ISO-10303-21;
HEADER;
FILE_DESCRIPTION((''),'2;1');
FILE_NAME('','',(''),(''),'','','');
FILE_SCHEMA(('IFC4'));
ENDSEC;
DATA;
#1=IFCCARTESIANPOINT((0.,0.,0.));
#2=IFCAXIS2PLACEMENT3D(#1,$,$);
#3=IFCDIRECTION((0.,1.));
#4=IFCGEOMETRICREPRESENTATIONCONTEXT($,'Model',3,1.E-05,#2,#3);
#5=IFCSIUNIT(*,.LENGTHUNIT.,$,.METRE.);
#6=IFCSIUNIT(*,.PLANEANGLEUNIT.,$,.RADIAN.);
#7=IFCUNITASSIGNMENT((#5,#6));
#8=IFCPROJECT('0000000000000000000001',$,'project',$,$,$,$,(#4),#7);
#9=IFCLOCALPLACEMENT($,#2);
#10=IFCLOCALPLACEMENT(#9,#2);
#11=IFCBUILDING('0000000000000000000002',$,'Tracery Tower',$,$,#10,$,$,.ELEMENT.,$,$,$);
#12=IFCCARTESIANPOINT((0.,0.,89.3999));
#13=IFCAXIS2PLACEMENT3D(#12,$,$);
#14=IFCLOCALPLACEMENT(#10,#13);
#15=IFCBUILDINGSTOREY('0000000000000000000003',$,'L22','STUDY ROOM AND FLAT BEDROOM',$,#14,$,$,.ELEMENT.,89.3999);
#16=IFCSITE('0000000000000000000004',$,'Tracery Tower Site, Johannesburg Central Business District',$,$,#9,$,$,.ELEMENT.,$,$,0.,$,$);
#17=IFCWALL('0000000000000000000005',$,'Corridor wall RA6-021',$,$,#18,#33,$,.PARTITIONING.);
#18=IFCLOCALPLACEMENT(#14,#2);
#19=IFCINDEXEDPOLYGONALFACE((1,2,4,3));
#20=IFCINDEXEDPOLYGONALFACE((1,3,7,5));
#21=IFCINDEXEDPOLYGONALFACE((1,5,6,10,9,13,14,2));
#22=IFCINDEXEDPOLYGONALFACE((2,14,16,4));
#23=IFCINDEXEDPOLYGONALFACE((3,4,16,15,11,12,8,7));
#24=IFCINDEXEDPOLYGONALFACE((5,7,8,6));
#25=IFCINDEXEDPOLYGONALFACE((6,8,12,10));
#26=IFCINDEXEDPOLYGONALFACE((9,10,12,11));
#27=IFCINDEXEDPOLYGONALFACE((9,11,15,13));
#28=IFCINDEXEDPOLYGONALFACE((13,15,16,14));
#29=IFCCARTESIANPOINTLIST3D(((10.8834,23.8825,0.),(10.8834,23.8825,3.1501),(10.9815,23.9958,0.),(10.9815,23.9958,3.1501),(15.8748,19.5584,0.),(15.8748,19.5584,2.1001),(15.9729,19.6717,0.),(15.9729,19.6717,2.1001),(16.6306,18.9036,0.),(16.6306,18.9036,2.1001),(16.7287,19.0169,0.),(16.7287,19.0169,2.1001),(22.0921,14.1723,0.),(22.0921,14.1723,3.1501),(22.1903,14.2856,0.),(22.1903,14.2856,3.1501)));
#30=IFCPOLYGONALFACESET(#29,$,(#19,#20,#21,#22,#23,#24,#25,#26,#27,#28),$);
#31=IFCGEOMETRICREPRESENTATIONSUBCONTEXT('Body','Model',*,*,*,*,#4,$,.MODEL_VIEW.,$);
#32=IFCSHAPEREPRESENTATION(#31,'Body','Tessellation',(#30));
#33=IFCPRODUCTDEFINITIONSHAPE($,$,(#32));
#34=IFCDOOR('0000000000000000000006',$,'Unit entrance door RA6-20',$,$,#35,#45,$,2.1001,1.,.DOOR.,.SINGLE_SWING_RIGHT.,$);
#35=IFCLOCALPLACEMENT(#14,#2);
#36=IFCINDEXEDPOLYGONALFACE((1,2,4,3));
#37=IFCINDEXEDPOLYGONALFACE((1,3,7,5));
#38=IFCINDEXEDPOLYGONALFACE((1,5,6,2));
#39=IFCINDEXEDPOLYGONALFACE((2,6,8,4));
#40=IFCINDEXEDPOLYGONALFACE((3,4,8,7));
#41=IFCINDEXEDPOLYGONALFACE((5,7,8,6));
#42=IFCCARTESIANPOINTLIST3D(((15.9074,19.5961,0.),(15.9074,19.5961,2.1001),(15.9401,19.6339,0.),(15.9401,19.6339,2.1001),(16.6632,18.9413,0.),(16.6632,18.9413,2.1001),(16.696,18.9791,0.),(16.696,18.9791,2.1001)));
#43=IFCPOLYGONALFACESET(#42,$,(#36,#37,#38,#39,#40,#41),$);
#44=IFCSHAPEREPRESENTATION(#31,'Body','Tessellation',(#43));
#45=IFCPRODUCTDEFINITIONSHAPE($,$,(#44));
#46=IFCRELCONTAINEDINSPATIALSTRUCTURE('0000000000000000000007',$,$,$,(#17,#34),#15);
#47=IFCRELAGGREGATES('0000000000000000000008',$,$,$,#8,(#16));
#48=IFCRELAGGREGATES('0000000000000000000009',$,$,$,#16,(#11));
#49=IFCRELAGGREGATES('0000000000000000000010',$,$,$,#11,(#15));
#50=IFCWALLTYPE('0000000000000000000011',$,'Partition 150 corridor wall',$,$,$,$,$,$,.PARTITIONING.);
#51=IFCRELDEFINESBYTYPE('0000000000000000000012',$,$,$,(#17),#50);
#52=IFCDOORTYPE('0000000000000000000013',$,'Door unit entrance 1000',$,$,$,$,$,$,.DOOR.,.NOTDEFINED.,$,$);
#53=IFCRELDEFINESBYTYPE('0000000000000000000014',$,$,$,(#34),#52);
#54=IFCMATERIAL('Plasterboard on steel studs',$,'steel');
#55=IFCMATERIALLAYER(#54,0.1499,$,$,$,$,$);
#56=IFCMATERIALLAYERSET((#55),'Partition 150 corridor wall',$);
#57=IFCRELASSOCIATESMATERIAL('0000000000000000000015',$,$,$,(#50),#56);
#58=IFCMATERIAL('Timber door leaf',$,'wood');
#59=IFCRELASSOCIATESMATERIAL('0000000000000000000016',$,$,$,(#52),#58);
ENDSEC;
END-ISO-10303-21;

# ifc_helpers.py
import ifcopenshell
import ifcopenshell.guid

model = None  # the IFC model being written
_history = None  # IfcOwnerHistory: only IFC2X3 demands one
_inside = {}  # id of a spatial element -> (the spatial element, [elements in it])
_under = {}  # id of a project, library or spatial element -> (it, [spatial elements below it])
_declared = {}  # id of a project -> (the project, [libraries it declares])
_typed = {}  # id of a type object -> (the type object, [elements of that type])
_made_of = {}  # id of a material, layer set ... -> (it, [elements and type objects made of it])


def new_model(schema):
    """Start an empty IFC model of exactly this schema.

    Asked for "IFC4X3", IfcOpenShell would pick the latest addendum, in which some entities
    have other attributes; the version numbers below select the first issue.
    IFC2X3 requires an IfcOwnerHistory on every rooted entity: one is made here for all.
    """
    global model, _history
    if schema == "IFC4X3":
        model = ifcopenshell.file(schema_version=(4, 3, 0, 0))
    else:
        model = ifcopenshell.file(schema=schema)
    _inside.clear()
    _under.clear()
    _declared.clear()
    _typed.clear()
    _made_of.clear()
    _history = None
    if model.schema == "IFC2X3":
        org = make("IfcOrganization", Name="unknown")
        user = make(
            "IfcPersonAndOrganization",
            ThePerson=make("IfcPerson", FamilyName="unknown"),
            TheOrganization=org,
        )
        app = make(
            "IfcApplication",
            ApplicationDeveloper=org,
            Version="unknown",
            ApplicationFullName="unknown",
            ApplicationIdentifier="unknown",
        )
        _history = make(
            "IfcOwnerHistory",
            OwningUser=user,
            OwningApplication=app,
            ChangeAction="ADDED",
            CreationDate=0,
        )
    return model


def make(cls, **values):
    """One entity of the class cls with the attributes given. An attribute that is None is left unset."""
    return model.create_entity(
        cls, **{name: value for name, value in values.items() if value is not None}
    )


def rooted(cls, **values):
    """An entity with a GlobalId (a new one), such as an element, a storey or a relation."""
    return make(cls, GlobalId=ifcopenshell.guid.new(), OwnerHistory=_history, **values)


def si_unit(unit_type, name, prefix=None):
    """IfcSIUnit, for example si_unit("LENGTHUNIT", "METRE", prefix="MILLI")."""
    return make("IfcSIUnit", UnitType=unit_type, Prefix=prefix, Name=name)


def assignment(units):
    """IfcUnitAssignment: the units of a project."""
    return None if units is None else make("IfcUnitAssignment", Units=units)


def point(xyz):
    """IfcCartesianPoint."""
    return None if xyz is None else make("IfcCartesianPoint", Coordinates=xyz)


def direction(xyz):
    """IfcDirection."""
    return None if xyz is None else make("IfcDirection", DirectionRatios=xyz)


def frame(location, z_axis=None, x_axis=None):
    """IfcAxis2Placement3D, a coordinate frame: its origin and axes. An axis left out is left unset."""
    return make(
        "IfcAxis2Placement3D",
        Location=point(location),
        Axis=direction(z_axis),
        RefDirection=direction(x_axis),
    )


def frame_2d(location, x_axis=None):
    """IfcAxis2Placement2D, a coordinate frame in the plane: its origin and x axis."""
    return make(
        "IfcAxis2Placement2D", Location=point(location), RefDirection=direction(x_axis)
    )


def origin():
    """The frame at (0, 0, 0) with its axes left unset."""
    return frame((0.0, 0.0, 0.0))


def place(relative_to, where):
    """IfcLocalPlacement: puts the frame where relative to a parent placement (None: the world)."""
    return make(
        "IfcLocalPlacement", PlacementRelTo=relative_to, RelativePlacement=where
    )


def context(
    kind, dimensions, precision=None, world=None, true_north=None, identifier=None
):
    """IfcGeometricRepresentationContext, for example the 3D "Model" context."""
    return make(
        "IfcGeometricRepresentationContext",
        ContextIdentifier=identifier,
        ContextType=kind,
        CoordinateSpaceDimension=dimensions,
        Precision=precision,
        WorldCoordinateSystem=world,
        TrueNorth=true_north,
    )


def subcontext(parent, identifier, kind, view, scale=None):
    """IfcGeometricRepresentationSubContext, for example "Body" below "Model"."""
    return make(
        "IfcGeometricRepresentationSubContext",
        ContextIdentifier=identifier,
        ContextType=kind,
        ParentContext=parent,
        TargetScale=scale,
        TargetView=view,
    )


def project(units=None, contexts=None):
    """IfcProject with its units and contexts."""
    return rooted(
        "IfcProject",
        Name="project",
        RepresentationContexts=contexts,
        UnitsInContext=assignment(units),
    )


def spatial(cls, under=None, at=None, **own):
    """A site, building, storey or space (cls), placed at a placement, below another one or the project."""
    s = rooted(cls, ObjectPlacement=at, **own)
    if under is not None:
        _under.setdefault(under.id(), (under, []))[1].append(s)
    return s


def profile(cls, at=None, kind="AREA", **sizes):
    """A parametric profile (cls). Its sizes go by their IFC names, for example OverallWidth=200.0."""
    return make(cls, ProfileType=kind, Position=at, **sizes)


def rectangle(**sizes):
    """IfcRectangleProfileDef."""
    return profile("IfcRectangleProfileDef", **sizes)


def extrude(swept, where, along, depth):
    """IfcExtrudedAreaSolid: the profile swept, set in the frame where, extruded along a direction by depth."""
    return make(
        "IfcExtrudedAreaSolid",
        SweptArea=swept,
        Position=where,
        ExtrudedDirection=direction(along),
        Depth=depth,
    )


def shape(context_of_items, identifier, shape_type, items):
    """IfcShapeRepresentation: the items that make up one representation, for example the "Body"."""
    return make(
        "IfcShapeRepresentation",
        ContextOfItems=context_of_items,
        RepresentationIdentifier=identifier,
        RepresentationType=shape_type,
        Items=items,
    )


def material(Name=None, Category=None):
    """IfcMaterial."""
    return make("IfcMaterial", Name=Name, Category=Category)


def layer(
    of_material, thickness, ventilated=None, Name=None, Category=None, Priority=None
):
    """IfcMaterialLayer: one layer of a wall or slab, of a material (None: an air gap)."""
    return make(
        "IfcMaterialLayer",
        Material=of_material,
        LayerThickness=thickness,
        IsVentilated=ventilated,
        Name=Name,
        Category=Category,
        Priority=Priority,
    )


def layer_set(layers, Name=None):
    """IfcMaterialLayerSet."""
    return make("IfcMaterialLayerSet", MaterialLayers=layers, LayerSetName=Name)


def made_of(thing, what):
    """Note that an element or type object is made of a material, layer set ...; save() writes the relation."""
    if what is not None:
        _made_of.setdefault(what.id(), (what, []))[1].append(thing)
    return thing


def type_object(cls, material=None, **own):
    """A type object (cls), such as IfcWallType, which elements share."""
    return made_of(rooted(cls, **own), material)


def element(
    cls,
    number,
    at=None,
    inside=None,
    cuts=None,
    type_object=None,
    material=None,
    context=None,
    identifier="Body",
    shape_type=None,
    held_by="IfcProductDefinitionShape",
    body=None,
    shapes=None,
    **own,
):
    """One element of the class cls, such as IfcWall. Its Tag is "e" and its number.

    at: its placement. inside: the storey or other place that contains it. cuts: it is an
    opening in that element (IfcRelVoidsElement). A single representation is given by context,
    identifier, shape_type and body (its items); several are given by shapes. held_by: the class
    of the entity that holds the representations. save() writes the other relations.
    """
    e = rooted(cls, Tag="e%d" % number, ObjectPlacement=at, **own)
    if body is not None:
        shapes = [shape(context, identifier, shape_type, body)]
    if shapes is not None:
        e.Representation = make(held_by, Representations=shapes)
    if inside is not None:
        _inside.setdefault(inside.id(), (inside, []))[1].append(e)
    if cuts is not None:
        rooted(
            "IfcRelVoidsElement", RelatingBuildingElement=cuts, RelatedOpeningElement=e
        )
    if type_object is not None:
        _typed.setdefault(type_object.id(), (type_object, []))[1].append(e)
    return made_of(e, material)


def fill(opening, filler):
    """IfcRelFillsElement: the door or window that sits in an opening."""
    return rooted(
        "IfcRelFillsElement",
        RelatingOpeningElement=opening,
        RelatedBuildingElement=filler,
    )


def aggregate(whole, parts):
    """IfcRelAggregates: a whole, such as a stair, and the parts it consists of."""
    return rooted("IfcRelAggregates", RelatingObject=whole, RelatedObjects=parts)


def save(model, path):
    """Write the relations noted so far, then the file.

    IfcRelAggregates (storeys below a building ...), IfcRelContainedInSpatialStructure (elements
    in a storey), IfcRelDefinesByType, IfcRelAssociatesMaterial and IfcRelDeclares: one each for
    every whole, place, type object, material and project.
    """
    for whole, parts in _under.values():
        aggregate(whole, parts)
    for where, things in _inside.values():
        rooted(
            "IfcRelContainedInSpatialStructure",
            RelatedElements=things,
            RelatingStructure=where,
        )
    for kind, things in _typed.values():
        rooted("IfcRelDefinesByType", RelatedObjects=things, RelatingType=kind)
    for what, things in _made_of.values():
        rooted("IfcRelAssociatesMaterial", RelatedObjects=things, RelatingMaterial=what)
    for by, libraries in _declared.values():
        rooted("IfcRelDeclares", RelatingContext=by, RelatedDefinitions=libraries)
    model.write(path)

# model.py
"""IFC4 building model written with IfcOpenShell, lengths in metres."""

from ifc_helpers import new_model, si_unit, direction, frame, frame_2d, origin, place, context, subcontext, project, spatial, rectangle, extrude, material, layer, layer_set, type_object, element, fill, save


model = new_model("IFC4")

# Units and contexts
model_context = context("Model", 3, precision=1e-05, world=origin(), true_north=direction((0.0, 1.0)))
body_context = subcontext(model_context, "Body", "Model", "MODEL_VIEW")
ifc_project = project(units=[si_unit("LENGTHUNIT", "METRE"), si_unit("PLANEANGLEUNIT", "RADIAN")], contexts=[model_context])

# Site, building, storey
site_placement = place(None, origin())
site = spatial("IfcSite", under=ifc_project, at=site_placement, Name="Tracery Tower Site, Johannesburg Central Business District", CompositionType="ELEMENT", RefElevation=0.0)
building_placement = place(site_placement, origin())
building = spatial("IfcBuilding", under=site, at=building_placement, Name="Tracery Tower", CompositionType="ELEMENT")
storey_placement = place(building_placement, frame((0.0, 0.0, 89.3999)))
storey = spatial("IfcBuildingStorey", under=building, at=storey_placement, Name="L22", Description="STUDY ROOM AND FLAT BEDROOM", CompositionType="ELEMENT", Elevation=89.3999)

# Wall, opening, door
ifc_material_1 = material(Name="Plasterboard on steel studs", Category="steel")
ifc_layer_1 = layer(ifc_material_1, 0.1499)
ifc_layer_set_1 = layer_set([ifc_layer_1], Name="Partition 150 corridor wall")
wall_type_1 = type_object("IfcWallType", Name="Partition 150 corridor wall", PredefinedType="PARTITIONING", material=ifc_layer_set_1)
wall_1_placement = place(storey_placement, frame((10.9324, 23.9392, 0.0), z_axis=(0.0, 0.0, 1.0), x_axis=(0.755824, -0.654775, 0.0)))
wall_1 = element("IfcWall", 1, at=wall_1_placement, inside=storey, type_object=wall_type_1, Name="Corridor wall RA6-021", PredefinedType="PARTITIONING", context=body_context, shape_type="SweptSolid", body=[
    extrude(rectangle(XDim=14.8298, YDim=0.1499, at=frame_2d((7.415, 0.0))), origin(), (0.0, 0.0, 1.0), 3.1501),
])
opening_1_placement = place(wall_1_placement, frame((6.604, 0.0, 0.0)))
opening_1 = element("IfcOpeningElement", 2, at=opening_1_placement, cuts=wall_1, PredefinedType="OPENING", context=body_context, shape_type="SweptSolid", body=[
    extrude(rectangle(XDim=1.0, YDim=2.1001, at=frame_2d((0.5, 1.05))), frame((0.0, 0.075, 0.0), z_axis=(0.0, -1.0, 0.0), x_axis=(1.0, 0.0, 0.0)), (0.0, 0.0, 1.0), 0.1499),
])
ifc_material_2 = material(Name="Timber door leaf", Category="wood")
door_type_1 = type_object("IfcDoorType", Name="Door unit entrance 1000", OperationType="NOTDEFINED", PredefinedType="DOOR", material=ifc_material_2)
door_1_placement = place(opening_1_placement, origin())
door_1 = element("IfcDoor", 3, at=door_1_placement, inside=storey, type_object=door_type_1, Name="Unit entrance door RA6-20", OperationType="SINGLE_SWING_RIGHT", OverallHeight=2.1001, OverallWidth=1.0, PredefinedType="DOOR", context=body_context, shape_type="SweptSolid", body=[
    extrude(rectangle(XDim=1.0, YDim=2.1001, at=frame_2d((0.5, 1.05))), frame((0.0, 0.0249, 0.0), z_axis=(0.0, -1.0, 0.0), x_axis=(1.0, 0.0, 0.0)), (0.0, 0.0, 1.0), 0.05),
])
fill(opening_1, door_1)

save(model, "model.ifc")
